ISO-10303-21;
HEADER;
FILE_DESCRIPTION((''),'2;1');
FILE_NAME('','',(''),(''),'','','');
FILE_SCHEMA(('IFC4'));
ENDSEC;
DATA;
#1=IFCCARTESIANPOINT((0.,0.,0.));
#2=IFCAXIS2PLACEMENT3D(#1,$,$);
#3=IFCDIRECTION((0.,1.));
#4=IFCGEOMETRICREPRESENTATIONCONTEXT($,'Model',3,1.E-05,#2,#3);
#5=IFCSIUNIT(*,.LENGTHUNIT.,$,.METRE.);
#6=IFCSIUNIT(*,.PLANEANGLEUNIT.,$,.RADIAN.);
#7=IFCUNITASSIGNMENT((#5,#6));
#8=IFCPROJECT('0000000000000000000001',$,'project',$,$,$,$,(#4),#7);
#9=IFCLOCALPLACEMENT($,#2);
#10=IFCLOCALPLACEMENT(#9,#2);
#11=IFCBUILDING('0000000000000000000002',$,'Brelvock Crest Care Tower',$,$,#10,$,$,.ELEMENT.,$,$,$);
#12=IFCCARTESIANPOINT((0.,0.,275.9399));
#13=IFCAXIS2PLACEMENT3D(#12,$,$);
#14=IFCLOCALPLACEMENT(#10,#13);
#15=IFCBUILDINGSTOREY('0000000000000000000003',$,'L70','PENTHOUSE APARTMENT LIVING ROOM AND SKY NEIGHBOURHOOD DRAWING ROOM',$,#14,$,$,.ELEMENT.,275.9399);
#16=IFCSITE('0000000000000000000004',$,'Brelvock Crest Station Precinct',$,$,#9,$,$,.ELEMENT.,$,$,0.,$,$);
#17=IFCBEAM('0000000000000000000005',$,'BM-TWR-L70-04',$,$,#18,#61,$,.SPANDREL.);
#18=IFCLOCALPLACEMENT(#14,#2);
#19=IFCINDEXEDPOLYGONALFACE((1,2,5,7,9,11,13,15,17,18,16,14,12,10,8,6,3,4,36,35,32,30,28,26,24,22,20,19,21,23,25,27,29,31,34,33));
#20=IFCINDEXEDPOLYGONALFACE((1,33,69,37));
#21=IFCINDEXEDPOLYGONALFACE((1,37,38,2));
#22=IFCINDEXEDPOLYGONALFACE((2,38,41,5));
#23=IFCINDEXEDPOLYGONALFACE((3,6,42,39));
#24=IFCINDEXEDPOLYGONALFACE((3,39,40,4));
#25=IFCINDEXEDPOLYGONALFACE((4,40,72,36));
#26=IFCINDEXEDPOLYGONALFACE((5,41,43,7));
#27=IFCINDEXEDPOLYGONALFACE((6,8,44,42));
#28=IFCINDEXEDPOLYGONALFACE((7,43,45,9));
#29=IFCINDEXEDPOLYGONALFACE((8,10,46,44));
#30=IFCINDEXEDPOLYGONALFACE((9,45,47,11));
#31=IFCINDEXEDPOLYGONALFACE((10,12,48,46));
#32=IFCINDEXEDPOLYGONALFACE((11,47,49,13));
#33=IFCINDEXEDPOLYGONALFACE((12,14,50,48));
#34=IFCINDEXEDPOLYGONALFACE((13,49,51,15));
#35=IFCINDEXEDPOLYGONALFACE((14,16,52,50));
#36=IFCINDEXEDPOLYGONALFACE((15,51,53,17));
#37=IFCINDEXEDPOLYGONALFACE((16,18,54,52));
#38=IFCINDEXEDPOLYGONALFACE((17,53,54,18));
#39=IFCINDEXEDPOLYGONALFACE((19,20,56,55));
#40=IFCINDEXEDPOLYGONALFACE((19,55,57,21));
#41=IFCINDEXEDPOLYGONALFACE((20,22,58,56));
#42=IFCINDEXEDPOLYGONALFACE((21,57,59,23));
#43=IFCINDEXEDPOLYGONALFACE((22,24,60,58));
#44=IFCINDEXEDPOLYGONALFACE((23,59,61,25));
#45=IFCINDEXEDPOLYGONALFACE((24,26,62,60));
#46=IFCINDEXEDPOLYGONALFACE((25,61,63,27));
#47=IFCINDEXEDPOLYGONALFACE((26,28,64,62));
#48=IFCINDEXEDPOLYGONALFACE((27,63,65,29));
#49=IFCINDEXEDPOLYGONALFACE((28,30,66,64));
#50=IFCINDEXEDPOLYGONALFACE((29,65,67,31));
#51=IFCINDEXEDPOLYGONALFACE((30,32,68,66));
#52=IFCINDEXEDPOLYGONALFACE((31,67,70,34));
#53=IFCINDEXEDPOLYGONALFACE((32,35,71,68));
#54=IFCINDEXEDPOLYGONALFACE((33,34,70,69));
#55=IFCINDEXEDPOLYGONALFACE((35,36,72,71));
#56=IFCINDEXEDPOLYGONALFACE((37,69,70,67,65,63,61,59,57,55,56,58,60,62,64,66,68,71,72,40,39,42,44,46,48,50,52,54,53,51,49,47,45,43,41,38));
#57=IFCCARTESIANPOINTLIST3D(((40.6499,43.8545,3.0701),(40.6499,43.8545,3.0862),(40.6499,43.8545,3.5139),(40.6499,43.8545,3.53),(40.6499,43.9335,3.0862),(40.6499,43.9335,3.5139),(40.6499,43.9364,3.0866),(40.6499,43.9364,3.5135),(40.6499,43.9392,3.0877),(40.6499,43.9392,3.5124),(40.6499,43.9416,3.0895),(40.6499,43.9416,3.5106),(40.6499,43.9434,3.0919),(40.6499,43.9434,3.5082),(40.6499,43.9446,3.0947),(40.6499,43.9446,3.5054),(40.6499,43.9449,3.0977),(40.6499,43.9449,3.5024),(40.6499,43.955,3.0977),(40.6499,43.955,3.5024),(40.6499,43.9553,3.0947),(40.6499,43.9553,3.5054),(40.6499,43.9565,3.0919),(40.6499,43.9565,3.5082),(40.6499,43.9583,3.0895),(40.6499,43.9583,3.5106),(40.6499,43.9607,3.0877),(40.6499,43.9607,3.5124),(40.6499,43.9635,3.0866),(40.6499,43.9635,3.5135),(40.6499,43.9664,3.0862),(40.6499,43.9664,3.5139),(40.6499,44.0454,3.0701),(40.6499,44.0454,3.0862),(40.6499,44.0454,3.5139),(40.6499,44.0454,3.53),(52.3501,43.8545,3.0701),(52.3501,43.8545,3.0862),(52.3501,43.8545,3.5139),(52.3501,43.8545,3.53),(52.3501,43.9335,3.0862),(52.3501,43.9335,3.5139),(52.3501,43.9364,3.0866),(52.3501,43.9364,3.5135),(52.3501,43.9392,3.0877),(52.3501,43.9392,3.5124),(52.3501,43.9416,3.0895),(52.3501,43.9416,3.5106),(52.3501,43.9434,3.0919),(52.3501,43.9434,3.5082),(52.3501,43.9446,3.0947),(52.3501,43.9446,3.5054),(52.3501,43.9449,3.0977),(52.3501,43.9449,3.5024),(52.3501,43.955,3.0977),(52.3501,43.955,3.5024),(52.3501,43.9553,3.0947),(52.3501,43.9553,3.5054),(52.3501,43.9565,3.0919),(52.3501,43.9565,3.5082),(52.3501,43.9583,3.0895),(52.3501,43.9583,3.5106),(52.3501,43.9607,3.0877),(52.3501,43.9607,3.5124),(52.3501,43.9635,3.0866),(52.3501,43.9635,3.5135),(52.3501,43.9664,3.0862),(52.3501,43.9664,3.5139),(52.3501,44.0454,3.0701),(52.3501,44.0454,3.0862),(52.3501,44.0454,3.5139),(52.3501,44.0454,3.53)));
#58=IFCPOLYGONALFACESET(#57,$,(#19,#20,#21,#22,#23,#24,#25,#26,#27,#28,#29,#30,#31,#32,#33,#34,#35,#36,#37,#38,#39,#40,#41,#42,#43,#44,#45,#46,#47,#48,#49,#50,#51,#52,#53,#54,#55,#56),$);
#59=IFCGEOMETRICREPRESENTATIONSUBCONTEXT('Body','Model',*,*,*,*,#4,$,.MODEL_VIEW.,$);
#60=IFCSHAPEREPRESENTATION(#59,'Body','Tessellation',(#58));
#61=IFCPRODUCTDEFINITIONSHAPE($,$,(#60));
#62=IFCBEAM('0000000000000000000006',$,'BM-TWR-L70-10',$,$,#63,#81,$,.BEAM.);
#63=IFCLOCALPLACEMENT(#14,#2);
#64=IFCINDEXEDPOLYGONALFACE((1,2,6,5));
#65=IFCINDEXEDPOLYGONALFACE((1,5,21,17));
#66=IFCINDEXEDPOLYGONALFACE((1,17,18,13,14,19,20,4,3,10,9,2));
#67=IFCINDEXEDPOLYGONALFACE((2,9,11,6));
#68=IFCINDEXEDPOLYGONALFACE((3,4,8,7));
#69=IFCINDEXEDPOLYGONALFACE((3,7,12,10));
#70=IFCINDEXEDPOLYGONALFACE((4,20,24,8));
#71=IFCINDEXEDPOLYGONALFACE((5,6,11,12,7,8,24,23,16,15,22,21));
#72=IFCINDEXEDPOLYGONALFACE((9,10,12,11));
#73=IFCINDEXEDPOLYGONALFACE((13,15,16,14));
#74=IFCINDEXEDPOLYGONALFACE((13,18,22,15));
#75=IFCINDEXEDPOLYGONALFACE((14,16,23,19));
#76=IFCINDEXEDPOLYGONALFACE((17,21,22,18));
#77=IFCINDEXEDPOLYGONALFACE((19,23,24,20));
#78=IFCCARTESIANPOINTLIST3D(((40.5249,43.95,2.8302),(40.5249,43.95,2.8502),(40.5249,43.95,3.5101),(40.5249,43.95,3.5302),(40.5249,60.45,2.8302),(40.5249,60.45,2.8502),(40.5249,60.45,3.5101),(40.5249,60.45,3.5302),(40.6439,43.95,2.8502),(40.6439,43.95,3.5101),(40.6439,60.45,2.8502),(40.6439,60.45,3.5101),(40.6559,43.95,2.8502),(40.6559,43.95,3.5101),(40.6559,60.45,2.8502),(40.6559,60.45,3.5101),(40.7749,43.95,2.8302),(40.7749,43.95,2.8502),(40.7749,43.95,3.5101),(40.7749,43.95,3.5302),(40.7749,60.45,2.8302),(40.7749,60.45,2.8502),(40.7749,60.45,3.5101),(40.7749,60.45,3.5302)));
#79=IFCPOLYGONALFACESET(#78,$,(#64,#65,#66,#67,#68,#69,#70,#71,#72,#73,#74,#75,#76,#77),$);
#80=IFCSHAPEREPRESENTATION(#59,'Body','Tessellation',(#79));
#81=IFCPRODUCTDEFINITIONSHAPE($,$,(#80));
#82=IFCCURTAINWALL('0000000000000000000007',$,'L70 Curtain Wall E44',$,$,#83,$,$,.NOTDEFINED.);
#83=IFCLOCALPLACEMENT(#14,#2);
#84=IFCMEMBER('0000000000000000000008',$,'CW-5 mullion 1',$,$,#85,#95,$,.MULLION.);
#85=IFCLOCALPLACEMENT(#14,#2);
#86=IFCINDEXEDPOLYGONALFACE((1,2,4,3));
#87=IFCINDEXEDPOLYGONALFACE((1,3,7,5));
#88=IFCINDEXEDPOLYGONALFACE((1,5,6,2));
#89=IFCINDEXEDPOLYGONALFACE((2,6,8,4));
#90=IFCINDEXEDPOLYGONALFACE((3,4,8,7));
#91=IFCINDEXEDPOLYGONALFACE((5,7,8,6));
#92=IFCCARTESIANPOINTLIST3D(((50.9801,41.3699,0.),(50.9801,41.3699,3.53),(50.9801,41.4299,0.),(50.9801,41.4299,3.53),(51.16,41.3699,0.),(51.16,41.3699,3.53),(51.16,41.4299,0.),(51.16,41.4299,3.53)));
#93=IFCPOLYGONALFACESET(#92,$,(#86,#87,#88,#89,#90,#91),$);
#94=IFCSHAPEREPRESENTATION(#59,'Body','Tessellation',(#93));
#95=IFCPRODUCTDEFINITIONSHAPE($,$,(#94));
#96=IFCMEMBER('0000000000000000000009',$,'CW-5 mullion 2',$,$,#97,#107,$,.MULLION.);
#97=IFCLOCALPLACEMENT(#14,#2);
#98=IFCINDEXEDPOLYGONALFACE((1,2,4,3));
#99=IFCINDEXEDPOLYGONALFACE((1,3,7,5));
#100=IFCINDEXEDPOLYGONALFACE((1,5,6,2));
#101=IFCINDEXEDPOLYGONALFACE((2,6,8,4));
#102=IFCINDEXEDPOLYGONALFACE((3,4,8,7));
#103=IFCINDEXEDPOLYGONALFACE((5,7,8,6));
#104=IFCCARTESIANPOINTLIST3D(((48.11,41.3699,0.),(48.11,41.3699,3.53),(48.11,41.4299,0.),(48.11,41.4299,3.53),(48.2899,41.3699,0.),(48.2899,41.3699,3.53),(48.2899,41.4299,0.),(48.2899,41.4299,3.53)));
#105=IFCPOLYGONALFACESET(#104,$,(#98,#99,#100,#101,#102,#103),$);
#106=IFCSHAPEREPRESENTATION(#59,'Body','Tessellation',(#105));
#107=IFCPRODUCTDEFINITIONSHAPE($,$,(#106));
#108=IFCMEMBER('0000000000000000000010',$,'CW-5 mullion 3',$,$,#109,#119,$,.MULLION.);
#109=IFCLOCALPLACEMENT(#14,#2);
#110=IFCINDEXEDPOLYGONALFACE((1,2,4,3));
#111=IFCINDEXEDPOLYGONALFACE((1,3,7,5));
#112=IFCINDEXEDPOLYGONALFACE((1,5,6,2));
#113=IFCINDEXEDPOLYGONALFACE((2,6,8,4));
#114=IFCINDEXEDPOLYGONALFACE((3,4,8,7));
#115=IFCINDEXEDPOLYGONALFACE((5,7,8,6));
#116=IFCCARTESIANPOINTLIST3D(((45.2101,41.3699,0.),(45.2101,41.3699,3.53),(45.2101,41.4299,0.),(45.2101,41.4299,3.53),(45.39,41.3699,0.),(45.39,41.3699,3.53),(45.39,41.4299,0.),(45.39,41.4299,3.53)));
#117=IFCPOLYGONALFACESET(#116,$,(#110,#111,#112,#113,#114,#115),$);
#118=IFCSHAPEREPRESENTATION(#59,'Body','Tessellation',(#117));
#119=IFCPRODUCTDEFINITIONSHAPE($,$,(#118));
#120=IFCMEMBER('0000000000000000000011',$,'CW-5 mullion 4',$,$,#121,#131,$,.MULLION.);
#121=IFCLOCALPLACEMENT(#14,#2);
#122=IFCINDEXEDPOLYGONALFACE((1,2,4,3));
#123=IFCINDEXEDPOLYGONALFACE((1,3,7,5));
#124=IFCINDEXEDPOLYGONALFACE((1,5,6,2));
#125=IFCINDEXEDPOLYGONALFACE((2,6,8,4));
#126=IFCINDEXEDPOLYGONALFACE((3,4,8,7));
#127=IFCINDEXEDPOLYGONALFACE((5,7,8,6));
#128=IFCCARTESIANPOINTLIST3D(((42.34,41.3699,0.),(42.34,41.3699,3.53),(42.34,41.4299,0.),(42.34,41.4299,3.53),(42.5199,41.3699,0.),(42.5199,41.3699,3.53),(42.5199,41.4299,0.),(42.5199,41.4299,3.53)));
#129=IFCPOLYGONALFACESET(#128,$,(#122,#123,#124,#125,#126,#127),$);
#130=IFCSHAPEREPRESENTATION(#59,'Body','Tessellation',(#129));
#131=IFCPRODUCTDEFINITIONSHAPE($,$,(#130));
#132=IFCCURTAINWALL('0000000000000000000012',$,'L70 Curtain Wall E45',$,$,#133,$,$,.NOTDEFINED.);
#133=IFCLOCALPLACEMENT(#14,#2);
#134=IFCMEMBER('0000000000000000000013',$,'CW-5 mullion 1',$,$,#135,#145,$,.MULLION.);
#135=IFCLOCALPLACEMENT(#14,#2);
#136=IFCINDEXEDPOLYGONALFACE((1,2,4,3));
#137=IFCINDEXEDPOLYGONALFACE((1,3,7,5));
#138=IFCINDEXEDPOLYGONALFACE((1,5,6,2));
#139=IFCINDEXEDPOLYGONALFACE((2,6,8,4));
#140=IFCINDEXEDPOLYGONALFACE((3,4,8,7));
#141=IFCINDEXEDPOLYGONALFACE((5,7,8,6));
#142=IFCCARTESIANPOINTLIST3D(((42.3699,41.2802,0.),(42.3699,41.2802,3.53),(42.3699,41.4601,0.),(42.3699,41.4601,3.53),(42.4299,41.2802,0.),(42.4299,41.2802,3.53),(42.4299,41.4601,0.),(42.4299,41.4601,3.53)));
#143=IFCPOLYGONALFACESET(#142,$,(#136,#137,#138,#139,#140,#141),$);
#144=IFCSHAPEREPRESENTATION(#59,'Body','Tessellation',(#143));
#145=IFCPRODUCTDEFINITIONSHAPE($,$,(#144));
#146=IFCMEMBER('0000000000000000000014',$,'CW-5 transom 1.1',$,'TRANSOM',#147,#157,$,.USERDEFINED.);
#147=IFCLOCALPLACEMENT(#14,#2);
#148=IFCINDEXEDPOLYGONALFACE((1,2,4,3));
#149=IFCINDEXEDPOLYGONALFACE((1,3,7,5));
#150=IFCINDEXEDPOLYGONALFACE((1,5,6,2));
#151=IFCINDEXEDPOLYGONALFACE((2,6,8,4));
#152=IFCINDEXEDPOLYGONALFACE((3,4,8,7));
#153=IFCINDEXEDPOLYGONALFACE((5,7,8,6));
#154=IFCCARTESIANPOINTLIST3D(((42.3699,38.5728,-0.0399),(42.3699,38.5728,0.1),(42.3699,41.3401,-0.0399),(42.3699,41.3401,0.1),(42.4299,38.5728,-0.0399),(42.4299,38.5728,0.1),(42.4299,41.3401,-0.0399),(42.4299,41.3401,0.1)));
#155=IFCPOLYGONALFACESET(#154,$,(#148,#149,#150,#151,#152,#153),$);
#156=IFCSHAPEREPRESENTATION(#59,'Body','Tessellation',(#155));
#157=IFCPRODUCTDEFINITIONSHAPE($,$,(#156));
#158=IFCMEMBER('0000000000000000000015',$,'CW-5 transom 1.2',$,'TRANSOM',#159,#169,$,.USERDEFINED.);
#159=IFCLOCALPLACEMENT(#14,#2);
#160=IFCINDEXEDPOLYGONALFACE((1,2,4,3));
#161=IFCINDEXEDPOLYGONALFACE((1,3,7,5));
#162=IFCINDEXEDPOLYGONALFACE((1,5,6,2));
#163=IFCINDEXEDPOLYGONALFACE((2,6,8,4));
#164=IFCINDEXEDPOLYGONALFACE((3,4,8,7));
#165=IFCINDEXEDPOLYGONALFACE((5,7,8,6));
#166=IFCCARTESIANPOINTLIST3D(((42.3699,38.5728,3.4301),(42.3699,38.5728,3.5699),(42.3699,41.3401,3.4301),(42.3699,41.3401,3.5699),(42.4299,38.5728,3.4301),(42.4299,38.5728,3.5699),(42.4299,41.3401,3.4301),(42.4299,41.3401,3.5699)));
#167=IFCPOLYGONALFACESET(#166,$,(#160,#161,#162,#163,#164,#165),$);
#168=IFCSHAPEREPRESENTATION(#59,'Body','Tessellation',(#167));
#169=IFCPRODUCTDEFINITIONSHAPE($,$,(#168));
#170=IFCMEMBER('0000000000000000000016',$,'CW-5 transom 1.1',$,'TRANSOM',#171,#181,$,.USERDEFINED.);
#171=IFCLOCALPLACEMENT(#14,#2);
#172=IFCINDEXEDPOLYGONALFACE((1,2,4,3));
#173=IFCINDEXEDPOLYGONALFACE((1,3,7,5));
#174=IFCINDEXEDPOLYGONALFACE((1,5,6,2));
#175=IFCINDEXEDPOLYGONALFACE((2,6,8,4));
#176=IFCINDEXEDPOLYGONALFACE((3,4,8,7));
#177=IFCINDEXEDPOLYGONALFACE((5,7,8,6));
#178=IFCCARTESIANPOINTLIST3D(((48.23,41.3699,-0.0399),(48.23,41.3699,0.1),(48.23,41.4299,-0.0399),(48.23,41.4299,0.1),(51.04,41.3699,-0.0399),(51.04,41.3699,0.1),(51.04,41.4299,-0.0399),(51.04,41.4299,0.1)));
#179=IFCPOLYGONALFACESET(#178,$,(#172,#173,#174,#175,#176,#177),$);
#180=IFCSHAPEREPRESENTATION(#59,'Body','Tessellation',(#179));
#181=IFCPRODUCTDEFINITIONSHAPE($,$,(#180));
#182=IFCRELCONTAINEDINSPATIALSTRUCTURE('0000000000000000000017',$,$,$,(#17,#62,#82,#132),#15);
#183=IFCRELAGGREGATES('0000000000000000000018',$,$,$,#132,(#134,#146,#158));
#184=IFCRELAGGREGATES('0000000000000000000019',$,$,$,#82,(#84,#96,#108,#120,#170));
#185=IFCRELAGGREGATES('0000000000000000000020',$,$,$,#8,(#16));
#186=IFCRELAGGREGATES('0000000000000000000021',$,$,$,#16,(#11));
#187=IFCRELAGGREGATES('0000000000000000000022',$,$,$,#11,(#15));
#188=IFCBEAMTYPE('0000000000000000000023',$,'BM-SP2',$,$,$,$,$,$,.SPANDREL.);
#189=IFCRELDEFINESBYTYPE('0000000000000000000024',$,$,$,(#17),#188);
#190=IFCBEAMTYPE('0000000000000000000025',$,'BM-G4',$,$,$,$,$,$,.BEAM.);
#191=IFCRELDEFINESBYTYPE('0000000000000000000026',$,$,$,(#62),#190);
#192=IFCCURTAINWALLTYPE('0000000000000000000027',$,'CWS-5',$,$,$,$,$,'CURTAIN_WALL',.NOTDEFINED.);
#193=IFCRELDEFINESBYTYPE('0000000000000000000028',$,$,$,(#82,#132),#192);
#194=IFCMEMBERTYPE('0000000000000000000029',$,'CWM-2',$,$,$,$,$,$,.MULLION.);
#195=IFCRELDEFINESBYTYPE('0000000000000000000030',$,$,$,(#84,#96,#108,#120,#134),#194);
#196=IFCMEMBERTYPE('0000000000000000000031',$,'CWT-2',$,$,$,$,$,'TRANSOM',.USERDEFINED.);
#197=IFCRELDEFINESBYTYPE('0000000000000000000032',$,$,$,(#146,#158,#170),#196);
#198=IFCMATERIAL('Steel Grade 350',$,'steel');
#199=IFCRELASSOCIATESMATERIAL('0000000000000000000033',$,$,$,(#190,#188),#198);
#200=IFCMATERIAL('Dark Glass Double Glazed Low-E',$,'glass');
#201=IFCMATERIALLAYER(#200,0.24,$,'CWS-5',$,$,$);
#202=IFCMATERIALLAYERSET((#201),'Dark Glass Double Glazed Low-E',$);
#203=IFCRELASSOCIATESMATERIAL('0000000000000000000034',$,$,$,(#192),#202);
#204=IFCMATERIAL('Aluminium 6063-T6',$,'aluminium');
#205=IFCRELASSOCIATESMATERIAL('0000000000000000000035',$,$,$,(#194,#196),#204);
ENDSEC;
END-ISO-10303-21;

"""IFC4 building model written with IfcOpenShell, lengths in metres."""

from ifc_helpers import new_model, si_unit, direction, frame, origin, origin_2d, place, context, subcontext, project, spatial, rectangle, i_section, extrude, source, transform, mapped, material, layer, layer_set, material_profile, profile_set, type_object, element, aggregate, save


model = new_model("IFC4")

# Units and contexts
model_context = context("Model", 3, precision=1e-05, world=origin(), true_north=direction((0.0, 1.0)))
body_context = subcontext(model_context, "Body", "Model", "MODEL_VIEW")
ifc_project = project(units=[si_unit("LENGTHUNIT", "METRE"), si_unit("PLANEANGLEUNIT", "RADIAN")], contexts=[model_context])

# Site, building, storey
site_placement = place(None, origin())
site = spatial("IfcSite", under=ifc_project, at=site_placement, Name="Brelvock Crest Station Precinct", CompositionType="ELEMENT", RefElevation=0.0)
building_placement = place(site_placement, origin())
building = spatial("IfcBuilding", under=site, at=building_placement, Name="Brelvock Crest Care Tower", CompositionType="ELEMENT")
storey_placement = place(building_placement, frame((0.0, 0.0, 275.9399)))
storey = spatial("IfcBuildingStorey", under=building, at=storey_placement, Name="L70", Description="PENTHOUSE APARTMENT LIVING ROOM AND SKY NEIGHBOURHOOD DRAWING ROOM", CompositionType="ELEMENT", Elevation=275.9399)

# Shared definitions
ifc_material_1 = material(Name="Steel Grade 350", Category="steel")

# Beams
ifc_material_profile_1 = material_profile(ifc_material_1, i_section(OverallWidth=0.25, OverallDepth=0.7, WebThickness=0.012, FlangeThickness=0.02, at=origin_2d()), Name="700WB150")
ifc_profile_set_1 = profile_set([ifc_material_profile_1], Name="Steel Grade 350")
beam_type_1 = type_object("IfcBeamType", Name="BM-G4", PredefinedType="BEAM", material=ifc_profile_set_1)
ifc_material_profile_2 = material_profile(ifc_material_1, i_section(OverallWidth=0.1909, OverallDepth=0.46, WebThickness=0.01, FlangeThickness=0.0161, FilletRadius=0.0115, at=origin_2d()), Name="460UB82.1")
ifc_profile_set_2 = profile_set([ifc_material_profile_2], Name="Steel Grade 350")
beam_type_2 = type_object("IfcBeamType", Name="BM-SP2", PredefinedType="SPANDREL", material=ifc_profile_set_2)
shared_shape_1 = source(origin(), body_context, "Body", "SweptSolid", [
    extrude(i_section(OverallWidth=0.1909, OverallDepth=0.46, WebThickness=0.01, FlangeThickness=0.0161, FilletRadius=0.0115, at=origin_2d()), origin(), (0.0, 0.0, 1.0), 11.7002),
])
beam_1_placement = place(storey_placement, frame((40.6499, 43.95, 3.3), z_axis=(1.0, 0.0, 0.0), x_axis=(0.0, 1.0, 0.0)))
element("IfcBeam", 1, at=beam_1_placement, inside=storey, type_object=beam_type_2, Name="BM-TWR-L70-04", PredefinedType="SPANDREL", context=body_context, shape_type="MappedRepresentation", body=[
    mapped(shared_shape_1, transform((0.0, 0.0, 0.0), x_axis=(1.0, 0.0, 0.0), y_axis=(0.0, 1.0, 0.0), z_axis=(0.0, 0.0, 1.0), scale=1.0)),
])
shared_shape_2 = source(origin(), body_context, "Body", "SweptSolid", [
    extrude(i_section(OverallWidth=0.25, OverallDepth=0.7, WebThickness=0.012, FlangeThickness=0.02, at=origin_2d()), origin(), (0.0, 0.0, 1.0), 16.5),
])
beam_2_placement = place(storey_placement, frame((40.6499, 43.95, 3.1802), z_axis=(0.0, 1.0, 0.0), x_axis=(-1.0, 0.0, 0.0)))
element("IfcBeam", 2, at=beam_2_placement, inside=storey, type_object=beam_type_1, Name="BM-TWR-L70-10", PredefinedType="BEAM", context=body_context, shape_type="MappedRepresentation", body=[
    mapped(shared_shape_2, transform((0.0, 0.0, 0.0), x_axis=(1.0, 0.0, 0.0), y_axis=(0.0, 1.0, 0.0), z_axis=(0.0, 0.0, 1.0), scale=1.0)),
])

# Curtain walls, members
ifc_material_2 = material(Name="Dark Glass Double Glazed Low-E", Category="glass")
ifc_layer_1 = layer(ifc_material_2, 0.24, Name="CWS-5")
ifc_layer_set_1 = layer_set([ifc_layer_1], Name="Dark Glass Double Glazed Low-E")
curtain_wall_type = type_object("IfcCurtainWallType", Name="CWS-5", ElementType="CURTAIN_WALL", PredefinedType="NOTDEFINED", material=ifc_layer_set_1)
curtain_wall_1_placement = place(storey_placement, origin())
curtain_wall_1 = element("IfcCurtainWall", 3, at=curtain_wall_1_placement, inside=storey, type_object=curtain_wall_type, Name="L70 Curtain Wall E44", PredefinedType="NOTDEFINED")
ifc_material_3 = material(Name="Aluminium 6063-T6", Category="aluminium")
ifc_material_profile_3 = material_profile(ifc_material_3, rectangle(XDim=0.0601, YDim=0.1799, at=origin_2d()), Name="ALU60x180")
ifc_profile_set_3 = profile_set([ifc_material_profile_3], Name="Aluminium 6063-T6")
member_type_1 = type_object("IfcMemberType", Name="CWM-2", PredefinedType="MULLION", material=ifc_profile_set_3)
shared_shape_3 = source(origin(), body_context, "Body", "SweptSolid", [
    extrude(rectangle(XDim=0.0601, YDim=0.1799, at=origin_2d()), origin(), (0.0, 0.0, 1.0), 3.53),
])
member_1_placement = place(storey_placement, frame((51.0701, 41.3999, 0.0), z_axis=(0.0, 0.0, 1.0), x_axis=(0.0, -1.0, 0.0)))
member_1 = element("IfcMember", 4, at=member_1_placement, type_object=member_type_1, Name="CW-5 mullion 1", PredefinedType="MULLION", context=body_context, shape_type="MappedRepresentation", body=[
    mapped(shared_shape_3, transform((0.0, 0.0, 0.0), x_axis=(1.0, 0.0, 0.0), y_axis=(0.0, 1.0, 0.0), z_axis=(0.0, 0.0, 1.0), scale=1.0)),
])
member_2_placement = place(storey_placement, frame((48.2, 41.3999, 0.0), z_axis=(0.0, 0.0, 1.0), x_axis=(0.0, -1.0, 0.0)))
member_2 = element("IfcMember", 5, at=member_2_placement, type_object=member_type_1, Name="CW-5 mullion 2", PredefinedType="MULLION", context=body_context, shape_type="MappedRepresentation", body=[
    mapped(shared_shape_3, transform((0.0, 0.0, 0.0), x_axis=(1.0, 0.0, 0.0), y_axis=(0.0, 1.0, 0.0), z_axis=(0.0, 0.0, 1.0), scale=1.0)),
])
member_3_placement = place(storey_placement, frame((45.3, 41.3999, 0.0), z_axis=(0.0, 0.0, 1.0), x_axis=(0.0, -1.0, 0.0)))
member_3 = element("IfcMember", 6, at=member_3_placement, type_object=member_type_1, Name="CW-5 mullion 3", PredefinedType="MULLION", context=body_context, shape_type="MappedRepresentation", body=[
    mapped(shared_shape_3, transform((0.0, 0.0, 0.0), x_axis=(1.0, 0.0, 0.0), y_axis=(0.0, 1.0, 0.0), z_axis=(0.0, 0.0, 1.0), scale=1.0)),
])
member_4_placement = place(storey_placement, frame((42.4299, 41.3999, 0.0), z_axis=(0.0, 0.0, 1.0), x_axis=(0.0, -1.0, 0.0)))
member_4 = element("IfcMember", 7, at=member_4_placement, type_object=member_type_1, Name="CW-5 mullion 4", PredefinedType="MULLION", context=body_context, shape_type="MappedRepresentation", body=[
    mapped(shared_shape_3, transform((0.0, 0.0, 0.0), x_axis=(1.0, 0.0, 0.0), y_axis=(0.0, 1.0, 0.0), z_axis=(0.0, 0.0, 1.0), scale=1.0)),
])
curtain_wall_2_placement = place(storey_placement, origin())
curtain_wall_2 = element("IfcCurtainWall", 8, at=curtain_wall_2_placement, inside=storey, type_object=curtain_wall_type, Name="L70 Curtain Wall E45", PredefinedType="NOTDEFINED")
member_5_placement = place(storey_placement, frame((42.3999, 41.3701, 0.0), z_axis=(0.0, 0.0, 1.0), x_axis=(1.0, 0.0, 0.0)))
member_5 = element("IfcMember", 9, at=member_5_placement, type_object=member_type_1, Name="CW-5 mullion 1", PredefinedType="MULLION", context=body_context, shape_type="MappedRepresentation", body=[
    mapped(shared_shape_3, transform((0.0, 0.0, 0.0), x_axis=(1.0, 0.0, 0.0), y_axis=(0.0, 1.0, 0.0), z_axis=(0.0, 0.0, 1.0), scale=1.0)),
])
ifc_material_profile_4 = material_profile(ifc_material_3, rectangle(XDim=0.0601, YDim=0.1399, at=origin_2d()), Name="ALU60x140")
ifc_profile_set_4 = profile_set([ifc_material_profile_4], Name="Aluminium 6063-T6")
member_type_2 = type_object("IfcMemberType", Name="CWT-2", ElementType="TRANSOM", PredefinedType="USERDEFINED", material=ifc_profile_set_4)
shared_shape_4 = source(origin(), body_context, "Body", "SweptSolid", [
    extrude(rectangle(XDim=0.0601, YDim=0.1399, at=origin_2d()), origin(), (0.0, 0.0, 1.0), 2.7673),
])
member_6_placement = place(storey_placement, frame((42.3999, 41.3401, 0.03), z_axis=(0.0, -1.0, 0.0), x_axis=(1.0, 0.0, 0.0)))
member_6 = element("IfcMember", 10, at=member_6_placement, type_object=member_type_2, Name="CW-5 transom 1.1", ObjectType="TRANSOM", PredefinedType="USERDEFINED", context=body_context, shape_type="MappedRepresentation", body=[
    mapped(shared_shape_4, transform((0.0, 0.0, 0.0), x_axis=(1.0, 0.0, 0.0), y_axis=(0.0, 1.0, 0.0), z_axis=(0.0, 0.0, 1.0), scale=1.0)),
])
member_7_placement = place(storey_placement, frame((42.3999, 41.3401, 3.5), z_axis=(0.0, -1.0, 0.0), x_axis=(1.0, 0.0, 0.0)))
member_7 = element("IfcMember", 11, at=member_7_placement, type_object=member_type_2, Name="CW-5 transom 1.2", ObjectType="TRANSOM", PredefinedType="USERDEFINED", context=body_context, shape_type="MappedRepresentation", body=[
    mapped(shared_shape_4, transform((0.0, 0.0, 0.0), x_axis=(1.0, 0.0, 0.0), y_axis=(0.0, 1.0, 0.0), z_axis=(0.0, 0.0, 1.0), scale=1.0)),
])
aggregate(curtain_wall_2, [member_5, member_6, member_7])

# Member
shared_shape_5 = source(origin(), body_context, "Body", "SweptSolid", [
    extrude(rectangle(XDim=0.0601, YDim=0.1399, at=origin_2d()), origin(), (0.0, 0.0, 1.0), 2.8101),
])
member_8_placement = place(storey_placement, frame((51.04, 41.3999, 0.03), z_axis=(-1.0, 0.0, 0.0), x_axis=(0.0, -1.0, 0.0)))
member_8 = element("IfcMember", 12, at=member_8_placement, type_object=member_type_2, Name="CW-5 transom 1.1", ObjectType="TRANSOM", PredefinedType="USERDEFINED", context=body_context, shape_type="MappedRepresentation", body=[
    mapped(shared_shape_5, transform((0.0, 0.0, 0.0), x_axis=(1.0, 0.0, 0.0), y_axis=(0.0, 1.0, 0.0), z_axis=(0.0, 0.0, 1.0), scale=1.0)),
])

aggregate(curtain_wall_1, [member_1, member_2, member_3, member_4, member_8])

save(model, "model.ifc")
